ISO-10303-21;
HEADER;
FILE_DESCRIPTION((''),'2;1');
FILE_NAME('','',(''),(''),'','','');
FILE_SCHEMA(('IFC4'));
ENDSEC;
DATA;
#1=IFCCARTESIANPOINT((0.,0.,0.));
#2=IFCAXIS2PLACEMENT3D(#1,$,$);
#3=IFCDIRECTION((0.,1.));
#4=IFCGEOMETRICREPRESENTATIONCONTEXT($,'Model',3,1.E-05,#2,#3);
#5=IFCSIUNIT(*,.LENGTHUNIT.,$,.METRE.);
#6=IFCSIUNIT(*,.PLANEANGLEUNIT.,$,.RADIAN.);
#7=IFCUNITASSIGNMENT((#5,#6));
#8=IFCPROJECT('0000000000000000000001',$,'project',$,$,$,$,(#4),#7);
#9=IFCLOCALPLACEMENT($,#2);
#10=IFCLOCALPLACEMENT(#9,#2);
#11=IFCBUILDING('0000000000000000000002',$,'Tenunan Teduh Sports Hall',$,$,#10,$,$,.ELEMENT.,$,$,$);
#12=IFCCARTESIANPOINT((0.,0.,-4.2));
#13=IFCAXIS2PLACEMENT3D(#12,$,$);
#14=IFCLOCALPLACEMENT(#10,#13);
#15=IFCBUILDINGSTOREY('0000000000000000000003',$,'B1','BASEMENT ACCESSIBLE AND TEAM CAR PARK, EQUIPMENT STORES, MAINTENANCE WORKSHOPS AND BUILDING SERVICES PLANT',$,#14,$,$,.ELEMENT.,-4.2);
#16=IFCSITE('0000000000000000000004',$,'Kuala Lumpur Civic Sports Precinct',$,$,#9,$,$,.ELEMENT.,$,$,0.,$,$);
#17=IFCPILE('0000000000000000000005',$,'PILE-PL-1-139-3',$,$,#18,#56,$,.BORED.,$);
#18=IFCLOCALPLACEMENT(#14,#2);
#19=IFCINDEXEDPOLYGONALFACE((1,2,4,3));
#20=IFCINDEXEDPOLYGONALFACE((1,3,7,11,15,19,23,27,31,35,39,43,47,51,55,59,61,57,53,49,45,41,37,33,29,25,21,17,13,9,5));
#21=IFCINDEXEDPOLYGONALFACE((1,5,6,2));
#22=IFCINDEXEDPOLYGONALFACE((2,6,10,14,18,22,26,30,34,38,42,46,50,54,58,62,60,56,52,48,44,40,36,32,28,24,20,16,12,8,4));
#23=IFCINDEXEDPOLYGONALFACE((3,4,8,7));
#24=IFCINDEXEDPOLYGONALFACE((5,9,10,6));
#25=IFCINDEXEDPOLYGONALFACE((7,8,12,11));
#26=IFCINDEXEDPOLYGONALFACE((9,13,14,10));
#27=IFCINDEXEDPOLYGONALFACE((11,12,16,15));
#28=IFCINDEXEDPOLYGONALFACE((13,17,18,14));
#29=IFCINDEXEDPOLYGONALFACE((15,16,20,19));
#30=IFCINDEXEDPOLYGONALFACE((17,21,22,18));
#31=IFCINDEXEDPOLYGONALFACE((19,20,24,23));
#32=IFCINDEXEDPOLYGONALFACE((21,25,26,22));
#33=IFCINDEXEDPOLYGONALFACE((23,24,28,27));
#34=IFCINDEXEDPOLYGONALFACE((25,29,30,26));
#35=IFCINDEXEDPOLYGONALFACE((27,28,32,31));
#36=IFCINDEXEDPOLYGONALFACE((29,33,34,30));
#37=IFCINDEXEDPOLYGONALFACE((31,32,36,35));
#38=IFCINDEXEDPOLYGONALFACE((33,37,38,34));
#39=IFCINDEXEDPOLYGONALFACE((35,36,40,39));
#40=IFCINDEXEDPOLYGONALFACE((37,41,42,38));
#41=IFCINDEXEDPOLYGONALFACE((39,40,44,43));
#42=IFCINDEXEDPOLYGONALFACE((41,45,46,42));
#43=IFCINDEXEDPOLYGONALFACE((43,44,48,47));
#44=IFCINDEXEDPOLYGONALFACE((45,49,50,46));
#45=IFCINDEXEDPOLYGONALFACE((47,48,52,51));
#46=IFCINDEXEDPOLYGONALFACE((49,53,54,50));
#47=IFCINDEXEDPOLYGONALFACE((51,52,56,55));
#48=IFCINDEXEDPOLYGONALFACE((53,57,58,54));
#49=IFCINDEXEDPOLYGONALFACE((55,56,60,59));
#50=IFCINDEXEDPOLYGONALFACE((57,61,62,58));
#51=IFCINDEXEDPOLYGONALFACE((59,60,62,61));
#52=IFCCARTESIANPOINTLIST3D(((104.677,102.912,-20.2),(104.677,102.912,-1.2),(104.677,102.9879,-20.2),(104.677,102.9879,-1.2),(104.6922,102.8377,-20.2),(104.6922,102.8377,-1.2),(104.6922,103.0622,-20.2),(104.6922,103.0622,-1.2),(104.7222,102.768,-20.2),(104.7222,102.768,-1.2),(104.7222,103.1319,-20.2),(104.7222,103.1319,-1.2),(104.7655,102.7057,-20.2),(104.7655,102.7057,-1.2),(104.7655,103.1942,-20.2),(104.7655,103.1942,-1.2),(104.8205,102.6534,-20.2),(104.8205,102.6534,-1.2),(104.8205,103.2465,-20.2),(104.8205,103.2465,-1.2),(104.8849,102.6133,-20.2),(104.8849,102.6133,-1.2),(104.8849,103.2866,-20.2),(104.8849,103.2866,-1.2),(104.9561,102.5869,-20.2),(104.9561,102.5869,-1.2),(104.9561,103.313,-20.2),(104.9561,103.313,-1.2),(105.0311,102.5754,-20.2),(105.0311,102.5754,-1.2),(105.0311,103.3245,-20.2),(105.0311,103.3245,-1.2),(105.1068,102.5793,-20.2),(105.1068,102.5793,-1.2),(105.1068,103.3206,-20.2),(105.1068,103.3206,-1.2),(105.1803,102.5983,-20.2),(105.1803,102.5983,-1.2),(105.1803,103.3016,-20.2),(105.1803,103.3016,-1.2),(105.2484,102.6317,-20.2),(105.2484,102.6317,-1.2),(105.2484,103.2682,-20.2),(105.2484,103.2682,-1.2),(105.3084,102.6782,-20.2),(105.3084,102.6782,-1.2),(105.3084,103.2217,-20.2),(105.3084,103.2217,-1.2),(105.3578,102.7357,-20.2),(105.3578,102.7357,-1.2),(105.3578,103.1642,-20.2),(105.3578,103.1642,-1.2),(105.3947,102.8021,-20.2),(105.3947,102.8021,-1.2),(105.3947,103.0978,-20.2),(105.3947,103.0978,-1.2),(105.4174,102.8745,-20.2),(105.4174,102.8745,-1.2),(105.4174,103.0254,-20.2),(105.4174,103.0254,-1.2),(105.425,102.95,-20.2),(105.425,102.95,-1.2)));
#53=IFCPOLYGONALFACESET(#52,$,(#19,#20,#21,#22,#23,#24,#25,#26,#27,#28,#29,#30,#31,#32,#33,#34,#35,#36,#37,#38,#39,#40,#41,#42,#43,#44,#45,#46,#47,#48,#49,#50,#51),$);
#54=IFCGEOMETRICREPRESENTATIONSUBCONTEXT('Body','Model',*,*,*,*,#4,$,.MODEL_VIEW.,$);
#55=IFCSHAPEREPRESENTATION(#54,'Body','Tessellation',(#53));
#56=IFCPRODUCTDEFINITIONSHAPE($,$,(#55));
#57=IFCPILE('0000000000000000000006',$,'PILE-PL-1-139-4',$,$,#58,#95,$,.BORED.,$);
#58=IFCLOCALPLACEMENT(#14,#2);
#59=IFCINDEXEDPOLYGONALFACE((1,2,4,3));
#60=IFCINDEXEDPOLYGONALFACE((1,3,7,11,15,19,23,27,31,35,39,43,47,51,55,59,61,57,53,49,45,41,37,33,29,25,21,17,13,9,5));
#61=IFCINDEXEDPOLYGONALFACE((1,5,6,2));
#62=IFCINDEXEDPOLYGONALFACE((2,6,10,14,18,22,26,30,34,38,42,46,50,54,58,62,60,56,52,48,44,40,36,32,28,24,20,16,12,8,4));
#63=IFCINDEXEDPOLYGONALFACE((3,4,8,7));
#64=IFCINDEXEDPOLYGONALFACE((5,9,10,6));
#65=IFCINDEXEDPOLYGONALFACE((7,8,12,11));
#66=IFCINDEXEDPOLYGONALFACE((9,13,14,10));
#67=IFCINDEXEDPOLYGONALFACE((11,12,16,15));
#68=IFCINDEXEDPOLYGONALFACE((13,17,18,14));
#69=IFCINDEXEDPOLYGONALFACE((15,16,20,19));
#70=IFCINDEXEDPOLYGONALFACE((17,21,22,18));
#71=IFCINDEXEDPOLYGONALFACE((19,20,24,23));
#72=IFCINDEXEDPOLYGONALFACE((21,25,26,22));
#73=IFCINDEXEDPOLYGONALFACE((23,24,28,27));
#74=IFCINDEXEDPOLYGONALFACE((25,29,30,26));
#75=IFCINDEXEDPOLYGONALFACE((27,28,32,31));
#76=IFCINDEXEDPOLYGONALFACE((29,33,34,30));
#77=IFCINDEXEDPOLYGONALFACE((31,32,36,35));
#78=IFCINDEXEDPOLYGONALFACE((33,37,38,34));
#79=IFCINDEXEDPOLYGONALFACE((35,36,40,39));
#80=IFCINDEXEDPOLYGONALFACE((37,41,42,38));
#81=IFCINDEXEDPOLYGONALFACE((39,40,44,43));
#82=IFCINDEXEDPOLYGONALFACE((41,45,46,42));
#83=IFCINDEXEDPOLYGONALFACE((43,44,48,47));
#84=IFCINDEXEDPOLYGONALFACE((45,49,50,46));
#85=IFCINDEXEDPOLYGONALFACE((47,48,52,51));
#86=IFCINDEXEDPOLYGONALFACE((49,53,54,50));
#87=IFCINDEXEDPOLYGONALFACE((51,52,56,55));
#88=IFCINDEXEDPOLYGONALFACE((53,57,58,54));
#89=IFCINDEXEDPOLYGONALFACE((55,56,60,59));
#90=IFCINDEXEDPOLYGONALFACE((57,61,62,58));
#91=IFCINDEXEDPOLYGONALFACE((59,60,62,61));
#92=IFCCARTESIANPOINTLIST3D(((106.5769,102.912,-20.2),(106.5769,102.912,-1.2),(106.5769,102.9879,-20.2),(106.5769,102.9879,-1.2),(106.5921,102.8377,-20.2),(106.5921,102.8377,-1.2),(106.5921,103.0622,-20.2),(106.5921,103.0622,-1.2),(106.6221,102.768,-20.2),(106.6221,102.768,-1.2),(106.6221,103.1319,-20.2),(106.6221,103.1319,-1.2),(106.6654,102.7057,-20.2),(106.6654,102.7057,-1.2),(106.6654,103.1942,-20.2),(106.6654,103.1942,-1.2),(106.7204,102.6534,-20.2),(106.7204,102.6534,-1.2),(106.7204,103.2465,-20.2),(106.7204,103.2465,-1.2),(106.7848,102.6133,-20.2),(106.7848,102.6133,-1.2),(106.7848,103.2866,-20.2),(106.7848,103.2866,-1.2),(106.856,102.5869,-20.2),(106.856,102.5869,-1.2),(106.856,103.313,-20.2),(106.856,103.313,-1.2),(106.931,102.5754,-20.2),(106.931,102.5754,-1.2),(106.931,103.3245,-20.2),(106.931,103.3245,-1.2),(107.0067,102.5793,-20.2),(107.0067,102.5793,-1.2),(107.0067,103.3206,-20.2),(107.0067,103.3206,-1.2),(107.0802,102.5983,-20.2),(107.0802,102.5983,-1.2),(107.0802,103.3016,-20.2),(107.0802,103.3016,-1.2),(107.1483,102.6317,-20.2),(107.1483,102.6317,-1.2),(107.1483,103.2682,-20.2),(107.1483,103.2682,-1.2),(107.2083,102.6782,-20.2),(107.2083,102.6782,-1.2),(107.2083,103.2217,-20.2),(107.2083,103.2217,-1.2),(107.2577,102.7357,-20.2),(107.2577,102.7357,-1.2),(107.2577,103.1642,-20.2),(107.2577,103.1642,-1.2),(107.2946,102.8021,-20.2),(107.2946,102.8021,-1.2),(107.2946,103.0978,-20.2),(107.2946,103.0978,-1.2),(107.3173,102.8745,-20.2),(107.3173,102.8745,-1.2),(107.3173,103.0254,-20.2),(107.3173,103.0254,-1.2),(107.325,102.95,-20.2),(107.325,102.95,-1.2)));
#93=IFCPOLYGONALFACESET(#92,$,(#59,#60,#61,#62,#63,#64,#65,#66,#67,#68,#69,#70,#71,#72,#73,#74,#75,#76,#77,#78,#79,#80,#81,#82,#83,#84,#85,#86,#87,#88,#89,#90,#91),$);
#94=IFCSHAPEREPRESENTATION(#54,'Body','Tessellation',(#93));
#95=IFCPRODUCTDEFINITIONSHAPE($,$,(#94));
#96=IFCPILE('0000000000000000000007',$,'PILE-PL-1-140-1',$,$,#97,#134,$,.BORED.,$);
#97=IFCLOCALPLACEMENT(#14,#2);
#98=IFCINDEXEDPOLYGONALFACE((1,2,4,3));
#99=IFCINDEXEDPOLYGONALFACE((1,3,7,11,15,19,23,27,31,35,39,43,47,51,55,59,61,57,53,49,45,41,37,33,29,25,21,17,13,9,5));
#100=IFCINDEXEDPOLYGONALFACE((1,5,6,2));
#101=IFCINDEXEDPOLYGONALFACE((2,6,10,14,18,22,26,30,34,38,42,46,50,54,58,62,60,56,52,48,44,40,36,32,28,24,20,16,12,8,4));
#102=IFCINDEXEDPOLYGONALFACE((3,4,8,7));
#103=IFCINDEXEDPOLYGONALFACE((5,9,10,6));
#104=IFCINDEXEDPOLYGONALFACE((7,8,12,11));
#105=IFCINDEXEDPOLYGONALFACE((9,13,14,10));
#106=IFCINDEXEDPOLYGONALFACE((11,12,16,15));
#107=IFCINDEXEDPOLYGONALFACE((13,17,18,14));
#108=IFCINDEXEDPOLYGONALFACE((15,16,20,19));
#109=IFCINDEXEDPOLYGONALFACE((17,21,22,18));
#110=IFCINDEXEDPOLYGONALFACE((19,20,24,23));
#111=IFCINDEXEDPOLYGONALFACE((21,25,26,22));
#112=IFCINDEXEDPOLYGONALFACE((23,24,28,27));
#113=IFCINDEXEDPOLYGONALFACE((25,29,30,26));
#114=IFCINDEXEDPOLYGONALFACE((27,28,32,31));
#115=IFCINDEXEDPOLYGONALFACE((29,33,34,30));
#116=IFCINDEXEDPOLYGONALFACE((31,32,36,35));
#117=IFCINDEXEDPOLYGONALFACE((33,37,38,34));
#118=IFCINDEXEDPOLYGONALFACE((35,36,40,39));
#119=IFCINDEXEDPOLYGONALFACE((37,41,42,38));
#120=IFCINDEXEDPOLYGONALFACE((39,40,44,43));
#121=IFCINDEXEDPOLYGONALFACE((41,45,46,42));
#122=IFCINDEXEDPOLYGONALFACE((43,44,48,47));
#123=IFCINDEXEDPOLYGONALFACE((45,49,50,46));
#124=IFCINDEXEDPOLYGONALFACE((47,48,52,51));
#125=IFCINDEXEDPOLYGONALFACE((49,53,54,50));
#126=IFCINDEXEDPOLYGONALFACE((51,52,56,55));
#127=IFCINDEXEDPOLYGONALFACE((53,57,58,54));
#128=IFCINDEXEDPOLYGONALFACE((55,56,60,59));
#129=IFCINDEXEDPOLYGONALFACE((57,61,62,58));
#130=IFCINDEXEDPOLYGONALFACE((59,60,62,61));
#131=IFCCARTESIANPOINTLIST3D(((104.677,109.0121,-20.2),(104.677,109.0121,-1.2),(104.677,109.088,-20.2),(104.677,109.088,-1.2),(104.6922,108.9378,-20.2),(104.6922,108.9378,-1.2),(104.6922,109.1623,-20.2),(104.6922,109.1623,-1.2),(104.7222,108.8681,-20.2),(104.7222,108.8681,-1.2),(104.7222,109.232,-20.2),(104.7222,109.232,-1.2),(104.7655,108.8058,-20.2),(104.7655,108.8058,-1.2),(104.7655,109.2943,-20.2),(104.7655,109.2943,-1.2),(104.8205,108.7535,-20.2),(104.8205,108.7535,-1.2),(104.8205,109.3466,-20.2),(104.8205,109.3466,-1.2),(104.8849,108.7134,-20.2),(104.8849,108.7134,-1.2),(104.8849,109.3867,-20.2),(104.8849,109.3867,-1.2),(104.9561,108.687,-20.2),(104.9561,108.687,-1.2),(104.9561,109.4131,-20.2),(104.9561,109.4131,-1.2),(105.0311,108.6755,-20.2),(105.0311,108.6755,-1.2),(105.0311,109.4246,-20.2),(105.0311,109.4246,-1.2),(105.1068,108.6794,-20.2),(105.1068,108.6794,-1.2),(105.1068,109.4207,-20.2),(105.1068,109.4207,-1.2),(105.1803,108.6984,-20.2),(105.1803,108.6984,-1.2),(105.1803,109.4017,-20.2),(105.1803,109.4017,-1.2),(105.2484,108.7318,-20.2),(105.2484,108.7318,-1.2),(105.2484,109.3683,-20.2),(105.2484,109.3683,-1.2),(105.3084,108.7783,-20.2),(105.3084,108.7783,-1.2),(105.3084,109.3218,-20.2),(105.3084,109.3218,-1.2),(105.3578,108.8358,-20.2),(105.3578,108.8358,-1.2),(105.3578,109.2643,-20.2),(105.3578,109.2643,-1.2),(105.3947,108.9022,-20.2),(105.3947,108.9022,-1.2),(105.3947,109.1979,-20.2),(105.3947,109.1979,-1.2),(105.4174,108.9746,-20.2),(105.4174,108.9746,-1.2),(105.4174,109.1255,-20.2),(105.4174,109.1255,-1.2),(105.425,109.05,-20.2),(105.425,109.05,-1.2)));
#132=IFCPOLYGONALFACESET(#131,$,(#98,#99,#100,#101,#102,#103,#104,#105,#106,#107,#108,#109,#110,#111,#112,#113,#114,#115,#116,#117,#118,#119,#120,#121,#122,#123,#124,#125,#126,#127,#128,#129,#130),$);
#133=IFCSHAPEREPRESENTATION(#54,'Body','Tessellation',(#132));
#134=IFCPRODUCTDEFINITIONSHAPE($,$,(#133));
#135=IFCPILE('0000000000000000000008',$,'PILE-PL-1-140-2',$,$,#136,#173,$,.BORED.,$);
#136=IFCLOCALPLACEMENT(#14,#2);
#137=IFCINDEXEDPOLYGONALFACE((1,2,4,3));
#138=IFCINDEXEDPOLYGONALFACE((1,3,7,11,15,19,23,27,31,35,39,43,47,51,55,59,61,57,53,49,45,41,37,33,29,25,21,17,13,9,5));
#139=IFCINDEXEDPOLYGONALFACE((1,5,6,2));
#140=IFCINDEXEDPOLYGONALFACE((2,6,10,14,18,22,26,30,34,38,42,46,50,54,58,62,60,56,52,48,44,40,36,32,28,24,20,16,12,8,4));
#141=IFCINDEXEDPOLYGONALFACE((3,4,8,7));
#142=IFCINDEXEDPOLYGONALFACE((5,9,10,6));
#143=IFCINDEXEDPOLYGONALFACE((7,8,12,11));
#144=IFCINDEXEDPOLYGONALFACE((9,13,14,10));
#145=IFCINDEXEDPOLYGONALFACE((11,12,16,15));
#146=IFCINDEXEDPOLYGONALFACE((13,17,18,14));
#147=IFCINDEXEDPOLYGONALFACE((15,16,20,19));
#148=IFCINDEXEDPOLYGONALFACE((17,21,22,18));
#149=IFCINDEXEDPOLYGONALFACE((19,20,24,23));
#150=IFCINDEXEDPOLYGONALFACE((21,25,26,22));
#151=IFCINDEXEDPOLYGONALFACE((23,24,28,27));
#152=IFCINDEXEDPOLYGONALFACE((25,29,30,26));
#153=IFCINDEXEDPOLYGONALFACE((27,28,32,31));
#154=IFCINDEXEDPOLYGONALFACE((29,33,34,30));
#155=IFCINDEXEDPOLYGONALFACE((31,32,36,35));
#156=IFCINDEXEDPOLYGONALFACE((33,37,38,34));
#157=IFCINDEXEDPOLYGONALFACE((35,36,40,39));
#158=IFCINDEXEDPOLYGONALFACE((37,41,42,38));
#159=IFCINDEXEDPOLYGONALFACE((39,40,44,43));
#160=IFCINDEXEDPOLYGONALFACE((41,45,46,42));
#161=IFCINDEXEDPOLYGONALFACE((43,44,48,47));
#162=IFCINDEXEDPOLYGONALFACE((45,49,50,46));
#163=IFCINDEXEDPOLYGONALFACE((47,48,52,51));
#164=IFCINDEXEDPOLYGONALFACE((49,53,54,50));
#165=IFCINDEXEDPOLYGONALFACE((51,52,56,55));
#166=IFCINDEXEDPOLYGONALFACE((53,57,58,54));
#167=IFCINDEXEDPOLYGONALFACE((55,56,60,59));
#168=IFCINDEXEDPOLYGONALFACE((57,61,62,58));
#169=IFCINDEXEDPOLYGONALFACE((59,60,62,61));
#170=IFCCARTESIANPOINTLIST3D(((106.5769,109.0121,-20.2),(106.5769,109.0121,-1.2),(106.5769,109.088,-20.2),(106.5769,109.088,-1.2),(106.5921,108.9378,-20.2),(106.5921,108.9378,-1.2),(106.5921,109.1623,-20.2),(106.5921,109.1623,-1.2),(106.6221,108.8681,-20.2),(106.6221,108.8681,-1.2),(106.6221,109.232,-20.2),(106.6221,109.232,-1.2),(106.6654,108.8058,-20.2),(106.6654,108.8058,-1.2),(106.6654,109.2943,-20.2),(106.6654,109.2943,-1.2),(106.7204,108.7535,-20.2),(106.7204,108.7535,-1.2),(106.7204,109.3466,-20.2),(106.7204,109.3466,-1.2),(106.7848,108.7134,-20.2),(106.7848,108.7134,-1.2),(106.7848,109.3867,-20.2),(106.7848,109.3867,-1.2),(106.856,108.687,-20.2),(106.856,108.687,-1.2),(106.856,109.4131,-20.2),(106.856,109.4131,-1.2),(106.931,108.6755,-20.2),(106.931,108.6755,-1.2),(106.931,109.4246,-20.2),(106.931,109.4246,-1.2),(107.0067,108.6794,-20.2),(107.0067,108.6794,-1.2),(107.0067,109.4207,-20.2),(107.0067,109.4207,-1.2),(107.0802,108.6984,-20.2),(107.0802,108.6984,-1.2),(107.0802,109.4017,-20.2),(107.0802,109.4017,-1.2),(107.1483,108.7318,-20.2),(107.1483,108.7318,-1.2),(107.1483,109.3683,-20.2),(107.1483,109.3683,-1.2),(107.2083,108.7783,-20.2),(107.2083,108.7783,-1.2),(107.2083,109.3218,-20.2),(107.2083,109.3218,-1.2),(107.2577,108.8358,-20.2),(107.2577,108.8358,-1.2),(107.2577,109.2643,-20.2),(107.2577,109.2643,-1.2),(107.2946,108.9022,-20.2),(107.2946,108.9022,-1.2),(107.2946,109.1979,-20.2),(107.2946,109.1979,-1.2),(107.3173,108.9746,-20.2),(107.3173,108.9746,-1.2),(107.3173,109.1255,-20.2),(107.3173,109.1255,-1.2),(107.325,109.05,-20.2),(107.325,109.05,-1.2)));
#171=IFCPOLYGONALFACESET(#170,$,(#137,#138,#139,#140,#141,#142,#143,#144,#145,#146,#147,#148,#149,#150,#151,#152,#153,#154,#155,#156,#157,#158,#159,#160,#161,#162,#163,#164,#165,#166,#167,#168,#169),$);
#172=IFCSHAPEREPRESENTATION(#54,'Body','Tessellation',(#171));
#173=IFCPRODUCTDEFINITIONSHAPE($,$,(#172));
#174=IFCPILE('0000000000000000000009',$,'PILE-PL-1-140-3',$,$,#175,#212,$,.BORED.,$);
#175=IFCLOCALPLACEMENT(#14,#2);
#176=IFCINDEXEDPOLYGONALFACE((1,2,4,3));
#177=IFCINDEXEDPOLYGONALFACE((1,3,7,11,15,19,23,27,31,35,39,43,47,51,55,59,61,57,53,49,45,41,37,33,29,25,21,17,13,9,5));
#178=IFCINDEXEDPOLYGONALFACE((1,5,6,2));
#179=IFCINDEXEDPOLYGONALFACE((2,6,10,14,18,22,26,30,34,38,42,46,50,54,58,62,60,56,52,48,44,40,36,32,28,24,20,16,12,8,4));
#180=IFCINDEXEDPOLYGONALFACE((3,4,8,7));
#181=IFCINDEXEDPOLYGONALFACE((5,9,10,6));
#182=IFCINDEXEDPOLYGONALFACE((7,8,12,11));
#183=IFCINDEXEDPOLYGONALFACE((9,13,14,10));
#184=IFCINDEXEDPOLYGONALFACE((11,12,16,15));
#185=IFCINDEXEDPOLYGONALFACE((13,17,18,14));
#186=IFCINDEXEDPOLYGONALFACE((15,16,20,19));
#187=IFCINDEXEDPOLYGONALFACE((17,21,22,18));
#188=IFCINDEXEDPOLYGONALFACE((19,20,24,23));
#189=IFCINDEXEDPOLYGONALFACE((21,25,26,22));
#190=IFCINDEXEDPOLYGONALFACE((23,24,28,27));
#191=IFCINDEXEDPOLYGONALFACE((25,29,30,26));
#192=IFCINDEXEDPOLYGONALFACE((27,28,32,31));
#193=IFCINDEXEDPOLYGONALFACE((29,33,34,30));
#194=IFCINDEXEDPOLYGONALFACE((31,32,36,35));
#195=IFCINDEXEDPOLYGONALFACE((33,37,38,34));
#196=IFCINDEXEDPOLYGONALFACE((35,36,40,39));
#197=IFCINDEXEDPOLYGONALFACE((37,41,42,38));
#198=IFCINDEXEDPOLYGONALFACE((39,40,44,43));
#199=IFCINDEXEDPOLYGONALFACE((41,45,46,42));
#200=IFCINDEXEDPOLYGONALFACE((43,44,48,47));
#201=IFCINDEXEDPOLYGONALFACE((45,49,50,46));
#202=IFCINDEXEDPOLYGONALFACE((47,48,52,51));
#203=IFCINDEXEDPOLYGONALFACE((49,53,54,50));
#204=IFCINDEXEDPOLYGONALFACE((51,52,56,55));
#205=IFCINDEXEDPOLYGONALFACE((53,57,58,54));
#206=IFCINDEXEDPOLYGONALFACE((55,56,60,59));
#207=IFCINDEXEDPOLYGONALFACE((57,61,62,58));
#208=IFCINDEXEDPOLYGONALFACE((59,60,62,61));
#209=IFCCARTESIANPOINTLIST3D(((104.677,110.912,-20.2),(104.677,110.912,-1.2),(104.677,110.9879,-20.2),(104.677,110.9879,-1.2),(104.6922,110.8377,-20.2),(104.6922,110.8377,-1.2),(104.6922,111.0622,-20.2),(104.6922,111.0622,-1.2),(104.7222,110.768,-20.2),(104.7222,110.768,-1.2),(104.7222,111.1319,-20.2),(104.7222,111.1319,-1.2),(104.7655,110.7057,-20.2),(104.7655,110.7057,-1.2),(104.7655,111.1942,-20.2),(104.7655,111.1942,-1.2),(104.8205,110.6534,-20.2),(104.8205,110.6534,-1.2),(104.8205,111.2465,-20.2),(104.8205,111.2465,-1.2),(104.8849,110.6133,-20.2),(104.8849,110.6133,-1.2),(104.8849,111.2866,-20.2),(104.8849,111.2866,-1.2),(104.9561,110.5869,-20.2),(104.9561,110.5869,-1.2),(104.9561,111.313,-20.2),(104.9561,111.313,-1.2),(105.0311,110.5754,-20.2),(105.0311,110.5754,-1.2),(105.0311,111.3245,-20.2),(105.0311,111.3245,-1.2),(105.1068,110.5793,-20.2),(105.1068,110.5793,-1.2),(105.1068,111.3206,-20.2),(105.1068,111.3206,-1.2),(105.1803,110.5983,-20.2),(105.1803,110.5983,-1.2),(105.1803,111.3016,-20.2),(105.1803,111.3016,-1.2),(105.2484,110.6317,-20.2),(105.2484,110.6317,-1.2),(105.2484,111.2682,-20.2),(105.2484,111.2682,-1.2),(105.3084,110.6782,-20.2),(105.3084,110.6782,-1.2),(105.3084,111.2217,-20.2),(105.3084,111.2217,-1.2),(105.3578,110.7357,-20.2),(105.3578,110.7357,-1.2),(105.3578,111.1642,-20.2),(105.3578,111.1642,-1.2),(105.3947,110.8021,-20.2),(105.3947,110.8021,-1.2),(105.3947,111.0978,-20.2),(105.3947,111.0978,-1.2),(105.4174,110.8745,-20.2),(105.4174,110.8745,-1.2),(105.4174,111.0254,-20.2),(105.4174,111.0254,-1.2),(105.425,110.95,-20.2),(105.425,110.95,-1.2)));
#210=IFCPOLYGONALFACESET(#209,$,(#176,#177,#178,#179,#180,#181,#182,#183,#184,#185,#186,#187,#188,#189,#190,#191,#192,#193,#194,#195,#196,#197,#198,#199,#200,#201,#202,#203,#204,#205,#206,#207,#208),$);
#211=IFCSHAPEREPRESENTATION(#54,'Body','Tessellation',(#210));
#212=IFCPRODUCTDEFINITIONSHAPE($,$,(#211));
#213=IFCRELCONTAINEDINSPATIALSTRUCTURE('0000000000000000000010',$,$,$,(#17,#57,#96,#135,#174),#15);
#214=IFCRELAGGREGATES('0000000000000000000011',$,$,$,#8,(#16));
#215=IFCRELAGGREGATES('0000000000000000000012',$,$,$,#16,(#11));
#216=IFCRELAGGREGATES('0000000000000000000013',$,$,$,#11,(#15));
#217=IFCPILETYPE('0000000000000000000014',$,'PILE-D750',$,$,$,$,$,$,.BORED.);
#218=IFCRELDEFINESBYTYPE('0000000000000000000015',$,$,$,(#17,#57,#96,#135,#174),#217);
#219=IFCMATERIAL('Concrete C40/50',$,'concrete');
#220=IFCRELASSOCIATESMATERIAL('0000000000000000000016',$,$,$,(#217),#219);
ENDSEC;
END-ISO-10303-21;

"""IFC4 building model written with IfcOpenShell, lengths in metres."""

from ifc_helpers import new_model, si_unit, direction, frame, origin, origin_2d, place, context, subcontext, project, spatial, circle, extrude, material, material_profile, profile_set, type_object, element, save


model = new_model("IFC4")

# Units and contexts
model_context = context("Model", 3, precision=1e-05, world=origin(), true_north=direction((0.0, 1.0)))
body_context = subcontext(model_context, "Body", "Model", "MODEL_VIEW")
ifc_project = project(units=[si_unit("LENGTHUNIT", "METRE"), si_unit("PLANEANGLEUNIT", "RADIAN")], contexts=[model_context])

# Site, building, storey
site_placement = place(None, origin())
site = spatial("IfcSite", under=ifc_project, at=site_placement, Name="Kuala Lumpur Civic Sports Precinct", CompositionType="ELEMENT", RefElevation=0.0)
building_placement = place(site_placement, origin())
building = spatial("IfcBuilding", under=site, at=building_placement, Name="Tenunan Teduh Sports Hall", CompositionType="ELEMENT")
storey_placement = place(building_placement, frame((0.0, 0.0, -4.2)))
storey = spatial("IfcBuildingStorey", under=building, at=storey_placement, Name="B1", Description="BASEMENT ACCESSIBLE AND TEAM CAR PARK, EQUIPMENT STORES, MAINTENANCE WORKSHOPS AND BUILDING SERVICES PLANT", CompositionType="ELEMENT", Elevation=-4.2)

# Piles
ifc_material_1 = material(Name="Concrete C40/50", Category="concrete")
ifc_material_profile_1 = material_profile(ifc_material_1, circle(Radius=0.375, at=origin_2d()), Name="PILE D750")
ifc_profile_set_1 = profile_set([ifc_material_profile_1], Name="Concrete C40/50")
pile_type = type_object("IfcPileType", Name="PILE-D750", PredefinedType="BORED", material=ifc_profile_set_1)
for number, where, z_axis, x_axis, name in (
    (1, (105.05, 102.95, -1.2), (0.0, 0.0, -1.0), (1.0, 0.0, 0.0), "PILE-PL-1-139-3"),
    (2, (106.95, 102.95, -1.2), (0.0, 0.0, -1.0), (1.0, 0.0, 0.0), "PILE-PL-1-139-4"),
    (3, (105.05, 109.05, -1.2), (0.0, 0.0, -1.0), (1.0, 0.0, 0.0), "PILE-PL-1-140-1"),
    (4, (106.95, 109.05, -1.2), (0.0, 0.0, -1.0), (1.0, 0.0, 0.0), "PILE-PL-1-140-2"),
    (5, (105.05, 110.95, -1.2), (0.0, 0.0, -1.0), (1.0, 0.0, 0.0), "PILE-PL-1-140-3"),
):
    element("IfcPile", number, at=place(storey_placement, frame(where, z_axis=z_axis, x_axis=x_axis)), inside=storey, type_object=pile_type, Name=name, PredefinedType="BORED", context=body_context, shape_type="SweptSolid", body=[
        extrude(circle(Radius=0.375, at=origin_2d()), origin(), (0.0, 0.0, 1.0), 19.0),
    ])

save(model, "model.ifc")
